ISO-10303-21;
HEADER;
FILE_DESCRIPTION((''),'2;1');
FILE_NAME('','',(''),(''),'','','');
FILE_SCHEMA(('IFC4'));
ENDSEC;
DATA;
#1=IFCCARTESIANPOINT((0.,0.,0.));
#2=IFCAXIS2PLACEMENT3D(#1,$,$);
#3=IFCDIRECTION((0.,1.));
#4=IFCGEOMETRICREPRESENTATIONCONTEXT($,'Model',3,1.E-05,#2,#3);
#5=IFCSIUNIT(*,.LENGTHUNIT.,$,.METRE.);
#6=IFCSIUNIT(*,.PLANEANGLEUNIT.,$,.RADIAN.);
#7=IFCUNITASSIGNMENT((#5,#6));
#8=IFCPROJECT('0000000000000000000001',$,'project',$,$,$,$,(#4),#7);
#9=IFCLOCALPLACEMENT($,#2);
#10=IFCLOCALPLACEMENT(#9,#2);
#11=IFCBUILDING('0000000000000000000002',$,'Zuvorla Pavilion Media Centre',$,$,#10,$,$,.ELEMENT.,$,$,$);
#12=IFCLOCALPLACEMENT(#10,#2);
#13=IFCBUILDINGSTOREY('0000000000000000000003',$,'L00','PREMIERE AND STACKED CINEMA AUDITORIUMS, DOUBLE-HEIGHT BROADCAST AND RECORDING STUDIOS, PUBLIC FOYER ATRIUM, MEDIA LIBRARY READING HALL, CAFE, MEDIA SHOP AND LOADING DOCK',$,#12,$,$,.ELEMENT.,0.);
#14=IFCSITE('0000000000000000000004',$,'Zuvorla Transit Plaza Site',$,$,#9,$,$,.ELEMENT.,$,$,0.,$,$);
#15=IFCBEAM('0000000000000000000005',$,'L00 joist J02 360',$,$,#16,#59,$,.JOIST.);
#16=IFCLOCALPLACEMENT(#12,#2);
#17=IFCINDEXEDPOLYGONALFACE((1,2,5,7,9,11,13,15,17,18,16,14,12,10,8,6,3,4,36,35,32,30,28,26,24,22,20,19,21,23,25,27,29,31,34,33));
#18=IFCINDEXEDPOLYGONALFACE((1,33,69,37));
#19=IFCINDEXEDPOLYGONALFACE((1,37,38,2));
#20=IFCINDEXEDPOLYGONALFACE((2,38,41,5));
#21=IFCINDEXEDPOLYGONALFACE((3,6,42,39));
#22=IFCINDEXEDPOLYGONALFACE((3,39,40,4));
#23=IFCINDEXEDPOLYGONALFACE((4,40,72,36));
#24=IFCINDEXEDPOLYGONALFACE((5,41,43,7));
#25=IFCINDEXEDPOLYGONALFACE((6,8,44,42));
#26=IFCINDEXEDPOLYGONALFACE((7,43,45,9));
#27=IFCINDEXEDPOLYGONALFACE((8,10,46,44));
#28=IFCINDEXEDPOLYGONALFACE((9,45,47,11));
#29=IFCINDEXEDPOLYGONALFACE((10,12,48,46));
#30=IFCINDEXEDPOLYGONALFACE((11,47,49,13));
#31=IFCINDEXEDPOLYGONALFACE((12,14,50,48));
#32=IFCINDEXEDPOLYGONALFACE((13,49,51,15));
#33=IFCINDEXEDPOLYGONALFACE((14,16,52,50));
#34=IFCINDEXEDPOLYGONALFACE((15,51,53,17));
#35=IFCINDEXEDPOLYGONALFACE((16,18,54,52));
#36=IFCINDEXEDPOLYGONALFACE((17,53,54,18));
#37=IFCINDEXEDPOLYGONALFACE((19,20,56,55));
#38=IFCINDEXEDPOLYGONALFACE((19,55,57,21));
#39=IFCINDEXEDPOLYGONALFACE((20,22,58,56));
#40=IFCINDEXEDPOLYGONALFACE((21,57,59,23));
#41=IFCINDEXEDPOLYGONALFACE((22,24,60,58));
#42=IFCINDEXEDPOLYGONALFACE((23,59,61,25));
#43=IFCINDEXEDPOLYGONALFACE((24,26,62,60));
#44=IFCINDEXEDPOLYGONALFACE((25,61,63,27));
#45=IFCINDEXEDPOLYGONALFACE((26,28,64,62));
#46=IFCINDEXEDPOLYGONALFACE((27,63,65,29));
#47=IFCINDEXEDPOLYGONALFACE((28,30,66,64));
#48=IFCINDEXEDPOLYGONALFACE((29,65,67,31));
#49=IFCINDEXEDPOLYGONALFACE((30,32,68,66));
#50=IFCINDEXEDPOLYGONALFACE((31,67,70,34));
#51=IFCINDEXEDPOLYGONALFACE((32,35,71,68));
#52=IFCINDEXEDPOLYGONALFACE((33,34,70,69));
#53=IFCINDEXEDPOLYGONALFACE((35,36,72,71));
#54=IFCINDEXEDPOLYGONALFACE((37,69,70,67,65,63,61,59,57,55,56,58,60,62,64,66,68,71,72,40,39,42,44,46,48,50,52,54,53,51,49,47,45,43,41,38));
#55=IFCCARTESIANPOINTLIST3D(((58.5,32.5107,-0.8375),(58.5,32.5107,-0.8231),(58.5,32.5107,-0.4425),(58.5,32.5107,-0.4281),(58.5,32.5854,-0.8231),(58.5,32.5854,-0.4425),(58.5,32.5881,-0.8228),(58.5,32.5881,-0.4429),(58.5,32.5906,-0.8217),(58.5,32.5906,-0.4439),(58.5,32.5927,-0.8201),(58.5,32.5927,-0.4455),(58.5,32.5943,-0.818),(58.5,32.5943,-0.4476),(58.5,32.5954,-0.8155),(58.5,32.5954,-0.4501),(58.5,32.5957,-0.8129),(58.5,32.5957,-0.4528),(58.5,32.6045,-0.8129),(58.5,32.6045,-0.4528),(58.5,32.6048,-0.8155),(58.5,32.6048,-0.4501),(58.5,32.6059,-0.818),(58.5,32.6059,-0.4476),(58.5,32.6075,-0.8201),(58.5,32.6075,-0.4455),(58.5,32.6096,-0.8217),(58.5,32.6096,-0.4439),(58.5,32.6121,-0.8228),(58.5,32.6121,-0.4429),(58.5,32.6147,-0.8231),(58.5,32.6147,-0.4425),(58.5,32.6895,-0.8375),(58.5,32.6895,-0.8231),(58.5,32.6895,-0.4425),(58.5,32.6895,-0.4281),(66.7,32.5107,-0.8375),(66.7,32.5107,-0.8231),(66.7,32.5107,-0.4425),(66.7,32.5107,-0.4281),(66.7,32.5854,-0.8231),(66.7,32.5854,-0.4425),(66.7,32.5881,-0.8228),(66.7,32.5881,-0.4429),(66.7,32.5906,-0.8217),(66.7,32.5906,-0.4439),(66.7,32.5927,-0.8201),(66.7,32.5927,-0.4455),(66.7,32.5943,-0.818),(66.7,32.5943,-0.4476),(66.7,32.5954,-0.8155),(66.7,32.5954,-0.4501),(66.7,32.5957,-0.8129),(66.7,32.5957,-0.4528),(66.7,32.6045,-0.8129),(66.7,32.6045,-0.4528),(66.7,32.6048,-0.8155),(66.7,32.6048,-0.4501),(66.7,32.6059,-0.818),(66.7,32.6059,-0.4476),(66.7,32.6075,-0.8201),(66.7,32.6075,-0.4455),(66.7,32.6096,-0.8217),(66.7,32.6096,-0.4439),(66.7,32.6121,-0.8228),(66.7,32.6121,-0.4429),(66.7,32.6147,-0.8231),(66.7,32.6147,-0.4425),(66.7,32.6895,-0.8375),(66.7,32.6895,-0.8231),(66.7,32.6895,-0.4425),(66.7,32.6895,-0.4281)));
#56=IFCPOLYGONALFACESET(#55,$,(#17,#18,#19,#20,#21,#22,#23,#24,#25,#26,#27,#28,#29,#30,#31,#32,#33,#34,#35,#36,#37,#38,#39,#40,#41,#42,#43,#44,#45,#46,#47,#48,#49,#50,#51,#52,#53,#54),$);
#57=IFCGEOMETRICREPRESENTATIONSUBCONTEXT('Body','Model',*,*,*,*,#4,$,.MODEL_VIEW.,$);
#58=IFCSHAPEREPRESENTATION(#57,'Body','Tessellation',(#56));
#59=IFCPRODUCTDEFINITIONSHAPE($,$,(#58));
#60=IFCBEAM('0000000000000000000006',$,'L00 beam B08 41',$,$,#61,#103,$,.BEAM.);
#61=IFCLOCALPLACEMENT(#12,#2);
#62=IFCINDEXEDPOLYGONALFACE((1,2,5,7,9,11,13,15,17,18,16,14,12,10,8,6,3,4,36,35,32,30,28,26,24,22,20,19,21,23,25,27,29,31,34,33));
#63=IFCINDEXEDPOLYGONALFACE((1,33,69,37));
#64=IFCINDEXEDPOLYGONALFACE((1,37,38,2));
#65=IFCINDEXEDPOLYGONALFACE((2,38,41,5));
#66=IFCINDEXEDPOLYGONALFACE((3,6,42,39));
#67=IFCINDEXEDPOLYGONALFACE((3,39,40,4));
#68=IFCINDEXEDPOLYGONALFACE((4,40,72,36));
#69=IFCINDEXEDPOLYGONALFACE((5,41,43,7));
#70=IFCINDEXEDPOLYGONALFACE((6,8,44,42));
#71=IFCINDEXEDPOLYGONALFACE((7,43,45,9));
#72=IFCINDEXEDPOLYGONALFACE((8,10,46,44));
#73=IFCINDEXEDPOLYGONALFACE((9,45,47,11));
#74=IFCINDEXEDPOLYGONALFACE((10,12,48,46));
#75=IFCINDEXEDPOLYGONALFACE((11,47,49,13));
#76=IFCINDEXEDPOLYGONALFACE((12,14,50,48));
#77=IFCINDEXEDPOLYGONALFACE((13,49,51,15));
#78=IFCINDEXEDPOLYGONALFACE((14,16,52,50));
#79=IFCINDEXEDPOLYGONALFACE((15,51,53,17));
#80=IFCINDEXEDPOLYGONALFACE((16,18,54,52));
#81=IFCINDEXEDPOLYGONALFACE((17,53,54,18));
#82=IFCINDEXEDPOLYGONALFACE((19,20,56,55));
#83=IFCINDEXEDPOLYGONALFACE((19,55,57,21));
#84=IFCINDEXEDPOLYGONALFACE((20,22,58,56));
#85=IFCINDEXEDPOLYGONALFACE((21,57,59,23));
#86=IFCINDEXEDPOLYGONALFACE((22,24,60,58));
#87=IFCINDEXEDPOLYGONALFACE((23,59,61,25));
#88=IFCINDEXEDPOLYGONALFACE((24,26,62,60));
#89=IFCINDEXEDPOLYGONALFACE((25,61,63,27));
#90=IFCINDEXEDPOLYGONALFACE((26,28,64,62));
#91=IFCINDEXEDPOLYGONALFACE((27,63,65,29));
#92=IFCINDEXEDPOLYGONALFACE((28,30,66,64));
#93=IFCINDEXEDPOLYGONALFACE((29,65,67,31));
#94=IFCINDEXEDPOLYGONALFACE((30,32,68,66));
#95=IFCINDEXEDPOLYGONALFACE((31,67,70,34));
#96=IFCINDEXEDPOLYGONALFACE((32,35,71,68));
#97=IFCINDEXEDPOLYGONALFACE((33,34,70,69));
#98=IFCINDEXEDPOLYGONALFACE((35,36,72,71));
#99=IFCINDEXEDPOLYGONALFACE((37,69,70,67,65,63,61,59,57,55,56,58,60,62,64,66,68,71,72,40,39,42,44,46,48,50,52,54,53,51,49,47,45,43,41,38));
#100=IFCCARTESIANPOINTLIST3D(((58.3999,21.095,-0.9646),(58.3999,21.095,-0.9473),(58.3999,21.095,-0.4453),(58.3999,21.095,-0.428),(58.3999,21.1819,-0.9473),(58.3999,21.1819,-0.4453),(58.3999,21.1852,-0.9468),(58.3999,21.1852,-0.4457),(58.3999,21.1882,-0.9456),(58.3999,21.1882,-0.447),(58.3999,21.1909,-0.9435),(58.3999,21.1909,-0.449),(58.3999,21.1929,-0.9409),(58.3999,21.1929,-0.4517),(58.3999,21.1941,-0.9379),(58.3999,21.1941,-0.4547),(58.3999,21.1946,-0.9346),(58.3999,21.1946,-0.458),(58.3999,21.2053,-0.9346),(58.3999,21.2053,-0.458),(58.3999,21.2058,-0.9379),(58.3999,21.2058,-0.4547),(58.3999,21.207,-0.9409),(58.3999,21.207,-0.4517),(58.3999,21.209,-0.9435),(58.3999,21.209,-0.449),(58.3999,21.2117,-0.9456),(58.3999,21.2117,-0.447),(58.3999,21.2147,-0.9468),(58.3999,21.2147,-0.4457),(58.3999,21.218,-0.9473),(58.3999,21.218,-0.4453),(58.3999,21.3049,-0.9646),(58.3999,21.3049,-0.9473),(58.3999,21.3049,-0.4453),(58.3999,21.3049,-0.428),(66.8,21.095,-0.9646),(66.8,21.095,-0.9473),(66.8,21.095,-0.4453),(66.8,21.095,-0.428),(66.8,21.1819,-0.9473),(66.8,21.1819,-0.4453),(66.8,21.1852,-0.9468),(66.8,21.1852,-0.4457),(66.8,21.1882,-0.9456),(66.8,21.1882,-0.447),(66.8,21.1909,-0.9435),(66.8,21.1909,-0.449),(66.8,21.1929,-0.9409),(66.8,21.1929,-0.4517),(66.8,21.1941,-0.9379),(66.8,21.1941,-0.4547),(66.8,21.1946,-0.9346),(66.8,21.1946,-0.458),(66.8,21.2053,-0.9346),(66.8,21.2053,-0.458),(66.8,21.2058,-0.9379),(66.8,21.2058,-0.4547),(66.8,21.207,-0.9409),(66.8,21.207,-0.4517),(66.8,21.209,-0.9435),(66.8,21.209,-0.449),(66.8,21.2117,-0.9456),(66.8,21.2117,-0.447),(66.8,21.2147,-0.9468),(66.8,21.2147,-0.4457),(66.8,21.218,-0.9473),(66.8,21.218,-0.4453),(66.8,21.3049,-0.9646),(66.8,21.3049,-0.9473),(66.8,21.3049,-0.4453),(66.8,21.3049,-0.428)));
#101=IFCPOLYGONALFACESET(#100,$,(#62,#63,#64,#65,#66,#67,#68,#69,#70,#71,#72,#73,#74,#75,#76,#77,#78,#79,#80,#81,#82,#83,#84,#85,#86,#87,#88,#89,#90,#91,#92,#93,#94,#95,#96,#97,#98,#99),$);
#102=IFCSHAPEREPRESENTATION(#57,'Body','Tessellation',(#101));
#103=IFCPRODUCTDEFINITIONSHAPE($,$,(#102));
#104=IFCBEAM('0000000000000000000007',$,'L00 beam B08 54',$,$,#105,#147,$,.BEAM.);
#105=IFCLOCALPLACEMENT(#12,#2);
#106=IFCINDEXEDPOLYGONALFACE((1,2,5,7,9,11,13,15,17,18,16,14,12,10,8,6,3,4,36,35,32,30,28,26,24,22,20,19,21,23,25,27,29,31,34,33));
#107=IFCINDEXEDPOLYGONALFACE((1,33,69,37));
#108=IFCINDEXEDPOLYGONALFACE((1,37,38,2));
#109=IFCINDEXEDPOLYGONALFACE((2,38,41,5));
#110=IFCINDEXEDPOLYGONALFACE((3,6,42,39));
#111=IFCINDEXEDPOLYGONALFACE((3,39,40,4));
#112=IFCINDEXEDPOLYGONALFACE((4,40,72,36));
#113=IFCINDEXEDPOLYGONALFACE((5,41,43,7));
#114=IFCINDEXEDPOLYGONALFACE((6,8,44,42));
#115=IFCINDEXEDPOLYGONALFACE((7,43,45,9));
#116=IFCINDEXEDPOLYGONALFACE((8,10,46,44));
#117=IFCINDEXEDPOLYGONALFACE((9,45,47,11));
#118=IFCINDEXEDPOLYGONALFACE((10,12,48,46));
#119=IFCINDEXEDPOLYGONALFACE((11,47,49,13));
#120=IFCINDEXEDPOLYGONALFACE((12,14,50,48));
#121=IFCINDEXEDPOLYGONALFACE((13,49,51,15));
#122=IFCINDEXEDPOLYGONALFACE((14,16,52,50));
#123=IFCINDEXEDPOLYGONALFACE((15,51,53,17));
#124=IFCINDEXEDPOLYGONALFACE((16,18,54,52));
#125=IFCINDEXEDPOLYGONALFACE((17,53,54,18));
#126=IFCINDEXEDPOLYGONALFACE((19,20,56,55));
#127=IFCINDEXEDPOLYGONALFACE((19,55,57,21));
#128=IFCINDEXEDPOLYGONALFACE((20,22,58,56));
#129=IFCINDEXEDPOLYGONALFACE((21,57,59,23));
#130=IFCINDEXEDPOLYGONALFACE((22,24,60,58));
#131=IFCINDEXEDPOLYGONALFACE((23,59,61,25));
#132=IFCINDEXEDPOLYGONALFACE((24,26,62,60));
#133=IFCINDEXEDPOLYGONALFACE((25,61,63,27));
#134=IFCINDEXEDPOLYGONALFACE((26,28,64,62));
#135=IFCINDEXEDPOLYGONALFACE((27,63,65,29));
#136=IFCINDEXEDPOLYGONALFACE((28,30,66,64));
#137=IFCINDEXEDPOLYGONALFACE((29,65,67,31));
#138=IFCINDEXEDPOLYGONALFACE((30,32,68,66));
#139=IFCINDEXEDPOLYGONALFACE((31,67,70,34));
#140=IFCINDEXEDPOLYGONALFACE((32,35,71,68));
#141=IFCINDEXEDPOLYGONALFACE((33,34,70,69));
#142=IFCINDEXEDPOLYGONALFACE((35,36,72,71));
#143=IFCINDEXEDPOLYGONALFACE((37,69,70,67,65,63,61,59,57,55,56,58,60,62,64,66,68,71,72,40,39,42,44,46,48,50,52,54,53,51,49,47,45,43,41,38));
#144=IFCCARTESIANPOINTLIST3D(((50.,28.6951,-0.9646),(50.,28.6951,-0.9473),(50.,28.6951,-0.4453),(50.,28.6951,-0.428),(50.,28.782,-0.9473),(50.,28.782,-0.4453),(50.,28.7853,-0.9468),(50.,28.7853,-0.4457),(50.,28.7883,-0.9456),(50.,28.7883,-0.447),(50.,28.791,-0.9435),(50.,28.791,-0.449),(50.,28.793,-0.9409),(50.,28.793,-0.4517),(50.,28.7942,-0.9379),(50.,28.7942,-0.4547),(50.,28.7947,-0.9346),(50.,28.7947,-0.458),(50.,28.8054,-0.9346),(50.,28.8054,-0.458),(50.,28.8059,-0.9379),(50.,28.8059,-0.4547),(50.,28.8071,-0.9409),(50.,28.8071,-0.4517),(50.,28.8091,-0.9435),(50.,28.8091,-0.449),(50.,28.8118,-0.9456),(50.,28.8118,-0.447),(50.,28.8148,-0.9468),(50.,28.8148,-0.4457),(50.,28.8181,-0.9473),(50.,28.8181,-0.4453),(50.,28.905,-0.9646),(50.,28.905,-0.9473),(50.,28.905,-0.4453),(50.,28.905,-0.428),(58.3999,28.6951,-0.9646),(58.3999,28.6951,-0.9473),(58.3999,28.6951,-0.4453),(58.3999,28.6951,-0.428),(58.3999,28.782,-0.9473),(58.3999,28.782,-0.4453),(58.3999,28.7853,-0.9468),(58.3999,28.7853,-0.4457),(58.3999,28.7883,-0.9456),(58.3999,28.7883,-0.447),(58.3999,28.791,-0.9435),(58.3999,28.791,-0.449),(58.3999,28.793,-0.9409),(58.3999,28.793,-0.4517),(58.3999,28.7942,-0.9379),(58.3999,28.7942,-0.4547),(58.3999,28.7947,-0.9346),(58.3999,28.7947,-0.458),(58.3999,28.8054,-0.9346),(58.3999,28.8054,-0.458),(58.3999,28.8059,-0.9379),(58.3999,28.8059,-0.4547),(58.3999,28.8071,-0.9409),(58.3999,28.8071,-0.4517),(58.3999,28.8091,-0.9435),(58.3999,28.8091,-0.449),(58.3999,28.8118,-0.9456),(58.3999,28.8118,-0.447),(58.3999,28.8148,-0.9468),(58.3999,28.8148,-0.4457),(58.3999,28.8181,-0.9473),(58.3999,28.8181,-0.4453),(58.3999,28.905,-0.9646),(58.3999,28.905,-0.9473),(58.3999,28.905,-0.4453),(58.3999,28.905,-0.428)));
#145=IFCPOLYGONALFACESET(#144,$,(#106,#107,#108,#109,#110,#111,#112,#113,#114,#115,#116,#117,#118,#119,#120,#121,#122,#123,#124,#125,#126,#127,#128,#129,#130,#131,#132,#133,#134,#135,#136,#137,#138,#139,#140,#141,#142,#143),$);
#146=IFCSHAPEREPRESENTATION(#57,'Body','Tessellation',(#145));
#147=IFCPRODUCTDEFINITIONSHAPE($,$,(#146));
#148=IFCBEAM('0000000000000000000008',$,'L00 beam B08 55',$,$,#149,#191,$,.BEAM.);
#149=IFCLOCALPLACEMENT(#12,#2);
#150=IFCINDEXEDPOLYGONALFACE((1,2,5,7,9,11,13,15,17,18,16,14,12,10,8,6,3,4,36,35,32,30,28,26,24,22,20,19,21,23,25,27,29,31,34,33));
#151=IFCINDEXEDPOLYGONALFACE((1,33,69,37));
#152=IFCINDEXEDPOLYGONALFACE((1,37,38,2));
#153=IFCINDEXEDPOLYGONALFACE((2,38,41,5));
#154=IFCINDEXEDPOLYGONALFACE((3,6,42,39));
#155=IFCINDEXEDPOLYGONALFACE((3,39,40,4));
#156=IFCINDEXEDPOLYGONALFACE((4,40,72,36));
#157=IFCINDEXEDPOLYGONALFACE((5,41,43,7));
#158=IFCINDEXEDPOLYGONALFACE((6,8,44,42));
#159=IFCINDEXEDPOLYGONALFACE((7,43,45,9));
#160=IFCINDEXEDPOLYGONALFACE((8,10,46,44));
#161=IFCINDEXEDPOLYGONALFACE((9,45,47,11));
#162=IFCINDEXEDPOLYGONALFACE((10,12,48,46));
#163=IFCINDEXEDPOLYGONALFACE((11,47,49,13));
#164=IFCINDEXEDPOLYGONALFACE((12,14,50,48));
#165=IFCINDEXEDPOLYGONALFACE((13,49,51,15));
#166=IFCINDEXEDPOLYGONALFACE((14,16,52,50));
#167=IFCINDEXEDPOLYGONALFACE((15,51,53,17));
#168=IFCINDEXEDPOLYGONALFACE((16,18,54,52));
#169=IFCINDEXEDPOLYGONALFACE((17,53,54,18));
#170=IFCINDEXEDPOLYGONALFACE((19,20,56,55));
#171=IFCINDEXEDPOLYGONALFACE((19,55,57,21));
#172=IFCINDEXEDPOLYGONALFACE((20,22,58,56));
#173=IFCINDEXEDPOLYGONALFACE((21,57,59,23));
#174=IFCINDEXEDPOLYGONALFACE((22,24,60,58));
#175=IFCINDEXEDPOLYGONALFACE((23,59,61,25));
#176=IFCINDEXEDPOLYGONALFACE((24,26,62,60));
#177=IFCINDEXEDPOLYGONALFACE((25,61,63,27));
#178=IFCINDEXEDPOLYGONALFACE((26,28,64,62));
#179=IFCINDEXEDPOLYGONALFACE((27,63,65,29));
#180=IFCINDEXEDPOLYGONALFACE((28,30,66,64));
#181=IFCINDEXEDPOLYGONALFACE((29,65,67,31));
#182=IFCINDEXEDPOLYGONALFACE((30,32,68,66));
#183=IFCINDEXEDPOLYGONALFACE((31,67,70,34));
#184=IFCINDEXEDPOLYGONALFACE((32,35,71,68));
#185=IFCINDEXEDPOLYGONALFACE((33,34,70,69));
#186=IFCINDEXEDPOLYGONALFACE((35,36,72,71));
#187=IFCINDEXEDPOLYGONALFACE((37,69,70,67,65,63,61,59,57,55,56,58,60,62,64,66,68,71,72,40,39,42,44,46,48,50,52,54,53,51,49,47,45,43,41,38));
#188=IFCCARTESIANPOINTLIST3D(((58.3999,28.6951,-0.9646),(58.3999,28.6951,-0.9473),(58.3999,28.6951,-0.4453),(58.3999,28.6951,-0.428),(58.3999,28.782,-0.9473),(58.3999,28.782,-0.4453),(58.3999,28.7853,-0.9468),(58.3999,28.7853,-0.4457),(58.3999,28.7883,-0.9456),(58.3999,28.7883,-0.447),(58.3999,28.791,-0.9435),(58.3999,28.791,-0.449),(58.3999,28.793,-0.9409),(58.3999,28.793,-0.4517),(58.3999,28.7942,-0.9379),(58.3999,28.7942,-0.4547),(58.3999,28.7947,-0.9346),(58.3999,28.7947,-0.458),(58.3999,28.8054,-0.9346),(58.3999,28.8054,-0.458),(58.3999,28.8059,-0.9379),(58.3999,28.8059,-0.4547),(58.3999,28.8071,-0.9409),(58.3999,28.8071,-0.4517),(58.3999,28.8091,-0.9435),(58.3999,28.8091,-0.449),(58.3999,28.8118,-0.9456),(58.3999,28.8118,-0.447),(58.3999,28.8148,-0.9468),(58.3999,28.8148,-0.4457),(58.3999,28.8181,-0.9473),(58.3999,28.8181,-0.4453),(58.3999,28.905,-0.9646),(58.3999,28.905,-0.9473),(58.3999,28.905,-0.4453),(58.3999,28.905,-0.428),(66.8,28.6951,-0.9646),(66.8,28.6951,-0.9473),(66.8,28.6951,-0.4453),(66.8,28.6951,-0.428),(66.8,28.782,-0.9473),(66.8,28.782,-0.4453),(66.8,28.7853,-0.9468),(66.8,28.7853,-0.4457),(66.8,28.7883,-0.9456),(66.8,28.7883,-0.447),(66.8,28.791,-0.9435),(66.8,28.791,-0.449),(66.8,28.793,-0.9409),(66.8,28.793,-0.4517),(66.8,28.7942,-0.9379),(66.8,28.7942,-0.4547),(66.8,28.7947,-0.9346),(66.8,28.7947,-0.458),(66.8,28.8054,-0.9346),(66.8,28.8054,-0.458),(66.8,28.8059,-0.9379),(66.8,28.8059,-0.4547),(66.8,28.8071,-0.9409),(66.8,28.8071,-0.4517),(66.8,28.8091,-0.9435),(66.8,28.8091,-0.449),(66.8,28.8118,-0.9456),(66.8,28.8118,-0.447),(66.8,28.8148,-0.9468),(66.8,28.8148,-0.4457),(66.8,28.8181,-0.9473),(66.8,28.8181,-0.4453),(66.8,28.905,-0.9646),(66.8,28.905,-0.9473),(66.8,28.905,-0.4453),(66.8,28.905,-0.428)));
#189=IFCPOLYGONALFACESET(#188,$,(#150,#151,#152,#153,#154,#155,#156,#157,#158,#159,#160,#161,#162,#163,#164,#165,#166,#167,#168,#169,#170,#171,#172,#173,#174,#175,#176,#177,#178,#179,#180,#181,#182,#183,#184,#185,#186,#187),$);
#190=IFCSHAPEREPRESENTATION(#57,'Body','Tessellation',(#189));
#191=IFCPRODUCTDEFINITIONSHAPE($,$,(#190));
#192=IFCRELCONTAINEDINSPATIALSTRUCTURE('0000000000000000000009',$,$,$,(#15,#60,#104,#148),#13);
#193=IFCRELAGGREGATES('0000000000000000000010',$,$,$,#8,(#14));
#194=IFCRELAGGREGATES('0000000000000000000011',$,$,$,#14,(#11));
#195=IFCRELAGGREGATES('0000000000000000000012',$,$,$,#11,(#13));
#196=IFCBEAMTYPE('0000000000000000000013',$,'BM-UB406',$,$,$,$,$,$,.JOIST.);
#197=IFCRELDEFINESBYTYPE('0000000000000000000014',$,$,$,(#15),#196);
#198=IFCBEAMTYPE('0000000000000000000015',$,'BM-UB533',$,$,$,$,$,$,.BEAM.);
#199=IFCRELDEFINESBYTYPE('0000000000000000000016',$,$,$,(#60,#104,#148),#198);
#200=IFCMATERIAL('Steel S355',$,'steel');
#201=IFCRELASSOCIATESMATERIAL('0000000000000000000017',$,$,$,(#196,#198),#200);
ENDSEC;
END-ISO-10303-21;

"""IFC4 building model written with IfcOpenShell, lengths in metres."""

from ifc_helpers import new_model, si_unit, direction, frame, origin, origin_2d, place, context, subcontext, project, spatial, i_section, extrude, material, material_profile, profile_set, type_object, element, save


model = new_model("IFC4")

# Units and contexts
model_context = context("Model", 3, precision=1e-05, world=origin(), true_north=direction((0.0, 1.0)))
body_context = subcontext(model_context, "Body", "Model", "MODEL_VIEW")
ifc_project = project(units=[si_unit("LENGTHUNIT", "METRE"), si_unit("PLANEANGLEUNIT", "RADIAN")], contexts=[model_context])

# Site, building, storey
site_placement = place(None, origin())
site = spatial("IfcSite", under=ifc_project, at=site_placement, Name="Zuvorla Transit Plaza Site", CompositionType="ELEMENT", RefElevation=0.0)
building_placement = place(site_placement, origin())
building = spatial("IfcBuilding", under=site, at=building_placement, Name="Zuvorla Pavilion Media Centre", CompositionType="ELEMENT")
storey_placement = place(building_placement, origin())
storey = spatial("IfcBuildingStorey", under=building, at=storey_placement, Name="L00", Description="PREMIERE AND STACKED CINEMA AUDITORIUMS, DOUBLE-HEIGHT BROADCAST AND RECORDING STUDIOS, PUBLIC FOYER ATRIUM, MEDIA LIBRARY READING HALL, CAFE, MEDIA SHOP AND LOADING DOCK", CompositionType="ELEMENT", Elevation=0.0)

# Beams
ifc_material_1 = material(Name="Steel S355", Category="steel")
ifc_material_profile_1 = material_profile(ifc_material_1, i_section(OverallWidth=0.1787, OverallDepth=0.4094, WebThickness=0.0088, FlangeThickness=0.0144, FilletRadius=0.0103, at=origin_2d()), Name="UB 406x178x67")
ifc_profile_set_1 = profile_set([ifc_material_profile_1], Name="Steel S355")
beam_type_1 = type_object("IfcBeamType", Name="BM-UB406", PredefinedType="JOIST", material=ifc_profile_set_1)
for number, where, z_axis, x_axis, name in (
    (1, (58.5, 32.6001, -0.6328), (1.0, 0.0, 0.0), (0.0, 1.0, 0.0), "L00 joist J02 360"),
):
    element("IfcBeam", number, at=place(storey_placement, frame(where, z_axis=z_axis, x_axis=x_axis)), inside=storey, type_object=beam_type_1, Name=name, PredefinedType="JOIST", context=body_context, shape_type="SweptSolid", body=[
        extrude(i_section(OverallWidth=0.1787, OverallDepth=0.4094, WebThickness=0.0088, FlangeThickness=0.0144, FilletRadius=0.0103, at=origin_2d()), origin(), (0.0, 0.0, 1.0), 8.2),
    ])
ifc_material_profile_2 = material_profile(ifc_material_1, i_section(OverallWidth=0.21, OverallDepth=0.5366, WebThickness=0.0107, FlangeThickness=0.0173, FilletRadius=0.0127, at=origin_2d()), Name="UB 533x210x101")
ifc_profile_set_2 = profile_set([ifc_material_profile_2], Name="Steel S355")
beam_type_2 = type_object("IfcBeamType", Name="BM-UB533", PredefinedType="BEAM", material=ifc_profile_set_2)
beam_1_placement = place(storey_placement, frame((58.3999, 21.2, -0.6963), z_axis=(1.0, 0.0, 0.0), x_axis=(0.0, 1.0, 0.0)))
element("IfcBeam", 2, at=beam_1_placement, inside=storey, type_object=beam_type_2, Name="L00 beam B08 41", PredefinedType="BEAM", context=body_context, shape_type="SweptSolid", body=[
    extrude(i_section(OverallWidth=0.21, OverallDepth=0.5366, WebThickness=0.0107, FlangeThickness=0.0173, FilletRadius=0.0127, at=origin_2d()), origin(), (0.0, 0.0, 1.0), 8.4001),
])
beam_2_placement = place(storey_placement, frame((50.0, 28.8, -0.6963), z_axis=(1.0, 0.0, 0.0), x_axis=(0.0, 1.0, 0.0)))
element("IfcBeam", 3, at=beam_2_placement, inside=storey, type_object=beam_type_2, Name="L00 beam B08 54", PredefinedType="BEAM", context=body_context, shape_type="SweptSolid", body=[
    extrude(i_section(OverallWidth=0.21, OverallDepth=0.5366, WebThickness=0.0107, FlangeThickness=0.0173, FilletRadius=0.0127, at=origin_2d()), origin(), (0.0, 0.0, 1.0), 8.3999),
])
beam_3_placement = place(storey_placement, frame((58.3999, 28.8, -0.6963), z_axis=(1.0, 0.0, 0.0), x_axis=(0.0, 1.0, 0.0)))
element("IfcBeam", 4, at=beam_3_placement, inside=storey, type_object=beam_type_2, Name="L00 beam B08 55", PredefinedType="BEAM", context=body_context, shape_type="SweptSolid", body=[
    extrude(i_section(OverallWidth=0.21, OverallDepth=0.5366, WebThickness=0.0107, FlangeThickness=0.0173, FilletRadius=0.0127, at=origin_2d()), origin(), (0.0, 0.0, 1.0), 8.4001),
])

save(model, "model.ifc")
